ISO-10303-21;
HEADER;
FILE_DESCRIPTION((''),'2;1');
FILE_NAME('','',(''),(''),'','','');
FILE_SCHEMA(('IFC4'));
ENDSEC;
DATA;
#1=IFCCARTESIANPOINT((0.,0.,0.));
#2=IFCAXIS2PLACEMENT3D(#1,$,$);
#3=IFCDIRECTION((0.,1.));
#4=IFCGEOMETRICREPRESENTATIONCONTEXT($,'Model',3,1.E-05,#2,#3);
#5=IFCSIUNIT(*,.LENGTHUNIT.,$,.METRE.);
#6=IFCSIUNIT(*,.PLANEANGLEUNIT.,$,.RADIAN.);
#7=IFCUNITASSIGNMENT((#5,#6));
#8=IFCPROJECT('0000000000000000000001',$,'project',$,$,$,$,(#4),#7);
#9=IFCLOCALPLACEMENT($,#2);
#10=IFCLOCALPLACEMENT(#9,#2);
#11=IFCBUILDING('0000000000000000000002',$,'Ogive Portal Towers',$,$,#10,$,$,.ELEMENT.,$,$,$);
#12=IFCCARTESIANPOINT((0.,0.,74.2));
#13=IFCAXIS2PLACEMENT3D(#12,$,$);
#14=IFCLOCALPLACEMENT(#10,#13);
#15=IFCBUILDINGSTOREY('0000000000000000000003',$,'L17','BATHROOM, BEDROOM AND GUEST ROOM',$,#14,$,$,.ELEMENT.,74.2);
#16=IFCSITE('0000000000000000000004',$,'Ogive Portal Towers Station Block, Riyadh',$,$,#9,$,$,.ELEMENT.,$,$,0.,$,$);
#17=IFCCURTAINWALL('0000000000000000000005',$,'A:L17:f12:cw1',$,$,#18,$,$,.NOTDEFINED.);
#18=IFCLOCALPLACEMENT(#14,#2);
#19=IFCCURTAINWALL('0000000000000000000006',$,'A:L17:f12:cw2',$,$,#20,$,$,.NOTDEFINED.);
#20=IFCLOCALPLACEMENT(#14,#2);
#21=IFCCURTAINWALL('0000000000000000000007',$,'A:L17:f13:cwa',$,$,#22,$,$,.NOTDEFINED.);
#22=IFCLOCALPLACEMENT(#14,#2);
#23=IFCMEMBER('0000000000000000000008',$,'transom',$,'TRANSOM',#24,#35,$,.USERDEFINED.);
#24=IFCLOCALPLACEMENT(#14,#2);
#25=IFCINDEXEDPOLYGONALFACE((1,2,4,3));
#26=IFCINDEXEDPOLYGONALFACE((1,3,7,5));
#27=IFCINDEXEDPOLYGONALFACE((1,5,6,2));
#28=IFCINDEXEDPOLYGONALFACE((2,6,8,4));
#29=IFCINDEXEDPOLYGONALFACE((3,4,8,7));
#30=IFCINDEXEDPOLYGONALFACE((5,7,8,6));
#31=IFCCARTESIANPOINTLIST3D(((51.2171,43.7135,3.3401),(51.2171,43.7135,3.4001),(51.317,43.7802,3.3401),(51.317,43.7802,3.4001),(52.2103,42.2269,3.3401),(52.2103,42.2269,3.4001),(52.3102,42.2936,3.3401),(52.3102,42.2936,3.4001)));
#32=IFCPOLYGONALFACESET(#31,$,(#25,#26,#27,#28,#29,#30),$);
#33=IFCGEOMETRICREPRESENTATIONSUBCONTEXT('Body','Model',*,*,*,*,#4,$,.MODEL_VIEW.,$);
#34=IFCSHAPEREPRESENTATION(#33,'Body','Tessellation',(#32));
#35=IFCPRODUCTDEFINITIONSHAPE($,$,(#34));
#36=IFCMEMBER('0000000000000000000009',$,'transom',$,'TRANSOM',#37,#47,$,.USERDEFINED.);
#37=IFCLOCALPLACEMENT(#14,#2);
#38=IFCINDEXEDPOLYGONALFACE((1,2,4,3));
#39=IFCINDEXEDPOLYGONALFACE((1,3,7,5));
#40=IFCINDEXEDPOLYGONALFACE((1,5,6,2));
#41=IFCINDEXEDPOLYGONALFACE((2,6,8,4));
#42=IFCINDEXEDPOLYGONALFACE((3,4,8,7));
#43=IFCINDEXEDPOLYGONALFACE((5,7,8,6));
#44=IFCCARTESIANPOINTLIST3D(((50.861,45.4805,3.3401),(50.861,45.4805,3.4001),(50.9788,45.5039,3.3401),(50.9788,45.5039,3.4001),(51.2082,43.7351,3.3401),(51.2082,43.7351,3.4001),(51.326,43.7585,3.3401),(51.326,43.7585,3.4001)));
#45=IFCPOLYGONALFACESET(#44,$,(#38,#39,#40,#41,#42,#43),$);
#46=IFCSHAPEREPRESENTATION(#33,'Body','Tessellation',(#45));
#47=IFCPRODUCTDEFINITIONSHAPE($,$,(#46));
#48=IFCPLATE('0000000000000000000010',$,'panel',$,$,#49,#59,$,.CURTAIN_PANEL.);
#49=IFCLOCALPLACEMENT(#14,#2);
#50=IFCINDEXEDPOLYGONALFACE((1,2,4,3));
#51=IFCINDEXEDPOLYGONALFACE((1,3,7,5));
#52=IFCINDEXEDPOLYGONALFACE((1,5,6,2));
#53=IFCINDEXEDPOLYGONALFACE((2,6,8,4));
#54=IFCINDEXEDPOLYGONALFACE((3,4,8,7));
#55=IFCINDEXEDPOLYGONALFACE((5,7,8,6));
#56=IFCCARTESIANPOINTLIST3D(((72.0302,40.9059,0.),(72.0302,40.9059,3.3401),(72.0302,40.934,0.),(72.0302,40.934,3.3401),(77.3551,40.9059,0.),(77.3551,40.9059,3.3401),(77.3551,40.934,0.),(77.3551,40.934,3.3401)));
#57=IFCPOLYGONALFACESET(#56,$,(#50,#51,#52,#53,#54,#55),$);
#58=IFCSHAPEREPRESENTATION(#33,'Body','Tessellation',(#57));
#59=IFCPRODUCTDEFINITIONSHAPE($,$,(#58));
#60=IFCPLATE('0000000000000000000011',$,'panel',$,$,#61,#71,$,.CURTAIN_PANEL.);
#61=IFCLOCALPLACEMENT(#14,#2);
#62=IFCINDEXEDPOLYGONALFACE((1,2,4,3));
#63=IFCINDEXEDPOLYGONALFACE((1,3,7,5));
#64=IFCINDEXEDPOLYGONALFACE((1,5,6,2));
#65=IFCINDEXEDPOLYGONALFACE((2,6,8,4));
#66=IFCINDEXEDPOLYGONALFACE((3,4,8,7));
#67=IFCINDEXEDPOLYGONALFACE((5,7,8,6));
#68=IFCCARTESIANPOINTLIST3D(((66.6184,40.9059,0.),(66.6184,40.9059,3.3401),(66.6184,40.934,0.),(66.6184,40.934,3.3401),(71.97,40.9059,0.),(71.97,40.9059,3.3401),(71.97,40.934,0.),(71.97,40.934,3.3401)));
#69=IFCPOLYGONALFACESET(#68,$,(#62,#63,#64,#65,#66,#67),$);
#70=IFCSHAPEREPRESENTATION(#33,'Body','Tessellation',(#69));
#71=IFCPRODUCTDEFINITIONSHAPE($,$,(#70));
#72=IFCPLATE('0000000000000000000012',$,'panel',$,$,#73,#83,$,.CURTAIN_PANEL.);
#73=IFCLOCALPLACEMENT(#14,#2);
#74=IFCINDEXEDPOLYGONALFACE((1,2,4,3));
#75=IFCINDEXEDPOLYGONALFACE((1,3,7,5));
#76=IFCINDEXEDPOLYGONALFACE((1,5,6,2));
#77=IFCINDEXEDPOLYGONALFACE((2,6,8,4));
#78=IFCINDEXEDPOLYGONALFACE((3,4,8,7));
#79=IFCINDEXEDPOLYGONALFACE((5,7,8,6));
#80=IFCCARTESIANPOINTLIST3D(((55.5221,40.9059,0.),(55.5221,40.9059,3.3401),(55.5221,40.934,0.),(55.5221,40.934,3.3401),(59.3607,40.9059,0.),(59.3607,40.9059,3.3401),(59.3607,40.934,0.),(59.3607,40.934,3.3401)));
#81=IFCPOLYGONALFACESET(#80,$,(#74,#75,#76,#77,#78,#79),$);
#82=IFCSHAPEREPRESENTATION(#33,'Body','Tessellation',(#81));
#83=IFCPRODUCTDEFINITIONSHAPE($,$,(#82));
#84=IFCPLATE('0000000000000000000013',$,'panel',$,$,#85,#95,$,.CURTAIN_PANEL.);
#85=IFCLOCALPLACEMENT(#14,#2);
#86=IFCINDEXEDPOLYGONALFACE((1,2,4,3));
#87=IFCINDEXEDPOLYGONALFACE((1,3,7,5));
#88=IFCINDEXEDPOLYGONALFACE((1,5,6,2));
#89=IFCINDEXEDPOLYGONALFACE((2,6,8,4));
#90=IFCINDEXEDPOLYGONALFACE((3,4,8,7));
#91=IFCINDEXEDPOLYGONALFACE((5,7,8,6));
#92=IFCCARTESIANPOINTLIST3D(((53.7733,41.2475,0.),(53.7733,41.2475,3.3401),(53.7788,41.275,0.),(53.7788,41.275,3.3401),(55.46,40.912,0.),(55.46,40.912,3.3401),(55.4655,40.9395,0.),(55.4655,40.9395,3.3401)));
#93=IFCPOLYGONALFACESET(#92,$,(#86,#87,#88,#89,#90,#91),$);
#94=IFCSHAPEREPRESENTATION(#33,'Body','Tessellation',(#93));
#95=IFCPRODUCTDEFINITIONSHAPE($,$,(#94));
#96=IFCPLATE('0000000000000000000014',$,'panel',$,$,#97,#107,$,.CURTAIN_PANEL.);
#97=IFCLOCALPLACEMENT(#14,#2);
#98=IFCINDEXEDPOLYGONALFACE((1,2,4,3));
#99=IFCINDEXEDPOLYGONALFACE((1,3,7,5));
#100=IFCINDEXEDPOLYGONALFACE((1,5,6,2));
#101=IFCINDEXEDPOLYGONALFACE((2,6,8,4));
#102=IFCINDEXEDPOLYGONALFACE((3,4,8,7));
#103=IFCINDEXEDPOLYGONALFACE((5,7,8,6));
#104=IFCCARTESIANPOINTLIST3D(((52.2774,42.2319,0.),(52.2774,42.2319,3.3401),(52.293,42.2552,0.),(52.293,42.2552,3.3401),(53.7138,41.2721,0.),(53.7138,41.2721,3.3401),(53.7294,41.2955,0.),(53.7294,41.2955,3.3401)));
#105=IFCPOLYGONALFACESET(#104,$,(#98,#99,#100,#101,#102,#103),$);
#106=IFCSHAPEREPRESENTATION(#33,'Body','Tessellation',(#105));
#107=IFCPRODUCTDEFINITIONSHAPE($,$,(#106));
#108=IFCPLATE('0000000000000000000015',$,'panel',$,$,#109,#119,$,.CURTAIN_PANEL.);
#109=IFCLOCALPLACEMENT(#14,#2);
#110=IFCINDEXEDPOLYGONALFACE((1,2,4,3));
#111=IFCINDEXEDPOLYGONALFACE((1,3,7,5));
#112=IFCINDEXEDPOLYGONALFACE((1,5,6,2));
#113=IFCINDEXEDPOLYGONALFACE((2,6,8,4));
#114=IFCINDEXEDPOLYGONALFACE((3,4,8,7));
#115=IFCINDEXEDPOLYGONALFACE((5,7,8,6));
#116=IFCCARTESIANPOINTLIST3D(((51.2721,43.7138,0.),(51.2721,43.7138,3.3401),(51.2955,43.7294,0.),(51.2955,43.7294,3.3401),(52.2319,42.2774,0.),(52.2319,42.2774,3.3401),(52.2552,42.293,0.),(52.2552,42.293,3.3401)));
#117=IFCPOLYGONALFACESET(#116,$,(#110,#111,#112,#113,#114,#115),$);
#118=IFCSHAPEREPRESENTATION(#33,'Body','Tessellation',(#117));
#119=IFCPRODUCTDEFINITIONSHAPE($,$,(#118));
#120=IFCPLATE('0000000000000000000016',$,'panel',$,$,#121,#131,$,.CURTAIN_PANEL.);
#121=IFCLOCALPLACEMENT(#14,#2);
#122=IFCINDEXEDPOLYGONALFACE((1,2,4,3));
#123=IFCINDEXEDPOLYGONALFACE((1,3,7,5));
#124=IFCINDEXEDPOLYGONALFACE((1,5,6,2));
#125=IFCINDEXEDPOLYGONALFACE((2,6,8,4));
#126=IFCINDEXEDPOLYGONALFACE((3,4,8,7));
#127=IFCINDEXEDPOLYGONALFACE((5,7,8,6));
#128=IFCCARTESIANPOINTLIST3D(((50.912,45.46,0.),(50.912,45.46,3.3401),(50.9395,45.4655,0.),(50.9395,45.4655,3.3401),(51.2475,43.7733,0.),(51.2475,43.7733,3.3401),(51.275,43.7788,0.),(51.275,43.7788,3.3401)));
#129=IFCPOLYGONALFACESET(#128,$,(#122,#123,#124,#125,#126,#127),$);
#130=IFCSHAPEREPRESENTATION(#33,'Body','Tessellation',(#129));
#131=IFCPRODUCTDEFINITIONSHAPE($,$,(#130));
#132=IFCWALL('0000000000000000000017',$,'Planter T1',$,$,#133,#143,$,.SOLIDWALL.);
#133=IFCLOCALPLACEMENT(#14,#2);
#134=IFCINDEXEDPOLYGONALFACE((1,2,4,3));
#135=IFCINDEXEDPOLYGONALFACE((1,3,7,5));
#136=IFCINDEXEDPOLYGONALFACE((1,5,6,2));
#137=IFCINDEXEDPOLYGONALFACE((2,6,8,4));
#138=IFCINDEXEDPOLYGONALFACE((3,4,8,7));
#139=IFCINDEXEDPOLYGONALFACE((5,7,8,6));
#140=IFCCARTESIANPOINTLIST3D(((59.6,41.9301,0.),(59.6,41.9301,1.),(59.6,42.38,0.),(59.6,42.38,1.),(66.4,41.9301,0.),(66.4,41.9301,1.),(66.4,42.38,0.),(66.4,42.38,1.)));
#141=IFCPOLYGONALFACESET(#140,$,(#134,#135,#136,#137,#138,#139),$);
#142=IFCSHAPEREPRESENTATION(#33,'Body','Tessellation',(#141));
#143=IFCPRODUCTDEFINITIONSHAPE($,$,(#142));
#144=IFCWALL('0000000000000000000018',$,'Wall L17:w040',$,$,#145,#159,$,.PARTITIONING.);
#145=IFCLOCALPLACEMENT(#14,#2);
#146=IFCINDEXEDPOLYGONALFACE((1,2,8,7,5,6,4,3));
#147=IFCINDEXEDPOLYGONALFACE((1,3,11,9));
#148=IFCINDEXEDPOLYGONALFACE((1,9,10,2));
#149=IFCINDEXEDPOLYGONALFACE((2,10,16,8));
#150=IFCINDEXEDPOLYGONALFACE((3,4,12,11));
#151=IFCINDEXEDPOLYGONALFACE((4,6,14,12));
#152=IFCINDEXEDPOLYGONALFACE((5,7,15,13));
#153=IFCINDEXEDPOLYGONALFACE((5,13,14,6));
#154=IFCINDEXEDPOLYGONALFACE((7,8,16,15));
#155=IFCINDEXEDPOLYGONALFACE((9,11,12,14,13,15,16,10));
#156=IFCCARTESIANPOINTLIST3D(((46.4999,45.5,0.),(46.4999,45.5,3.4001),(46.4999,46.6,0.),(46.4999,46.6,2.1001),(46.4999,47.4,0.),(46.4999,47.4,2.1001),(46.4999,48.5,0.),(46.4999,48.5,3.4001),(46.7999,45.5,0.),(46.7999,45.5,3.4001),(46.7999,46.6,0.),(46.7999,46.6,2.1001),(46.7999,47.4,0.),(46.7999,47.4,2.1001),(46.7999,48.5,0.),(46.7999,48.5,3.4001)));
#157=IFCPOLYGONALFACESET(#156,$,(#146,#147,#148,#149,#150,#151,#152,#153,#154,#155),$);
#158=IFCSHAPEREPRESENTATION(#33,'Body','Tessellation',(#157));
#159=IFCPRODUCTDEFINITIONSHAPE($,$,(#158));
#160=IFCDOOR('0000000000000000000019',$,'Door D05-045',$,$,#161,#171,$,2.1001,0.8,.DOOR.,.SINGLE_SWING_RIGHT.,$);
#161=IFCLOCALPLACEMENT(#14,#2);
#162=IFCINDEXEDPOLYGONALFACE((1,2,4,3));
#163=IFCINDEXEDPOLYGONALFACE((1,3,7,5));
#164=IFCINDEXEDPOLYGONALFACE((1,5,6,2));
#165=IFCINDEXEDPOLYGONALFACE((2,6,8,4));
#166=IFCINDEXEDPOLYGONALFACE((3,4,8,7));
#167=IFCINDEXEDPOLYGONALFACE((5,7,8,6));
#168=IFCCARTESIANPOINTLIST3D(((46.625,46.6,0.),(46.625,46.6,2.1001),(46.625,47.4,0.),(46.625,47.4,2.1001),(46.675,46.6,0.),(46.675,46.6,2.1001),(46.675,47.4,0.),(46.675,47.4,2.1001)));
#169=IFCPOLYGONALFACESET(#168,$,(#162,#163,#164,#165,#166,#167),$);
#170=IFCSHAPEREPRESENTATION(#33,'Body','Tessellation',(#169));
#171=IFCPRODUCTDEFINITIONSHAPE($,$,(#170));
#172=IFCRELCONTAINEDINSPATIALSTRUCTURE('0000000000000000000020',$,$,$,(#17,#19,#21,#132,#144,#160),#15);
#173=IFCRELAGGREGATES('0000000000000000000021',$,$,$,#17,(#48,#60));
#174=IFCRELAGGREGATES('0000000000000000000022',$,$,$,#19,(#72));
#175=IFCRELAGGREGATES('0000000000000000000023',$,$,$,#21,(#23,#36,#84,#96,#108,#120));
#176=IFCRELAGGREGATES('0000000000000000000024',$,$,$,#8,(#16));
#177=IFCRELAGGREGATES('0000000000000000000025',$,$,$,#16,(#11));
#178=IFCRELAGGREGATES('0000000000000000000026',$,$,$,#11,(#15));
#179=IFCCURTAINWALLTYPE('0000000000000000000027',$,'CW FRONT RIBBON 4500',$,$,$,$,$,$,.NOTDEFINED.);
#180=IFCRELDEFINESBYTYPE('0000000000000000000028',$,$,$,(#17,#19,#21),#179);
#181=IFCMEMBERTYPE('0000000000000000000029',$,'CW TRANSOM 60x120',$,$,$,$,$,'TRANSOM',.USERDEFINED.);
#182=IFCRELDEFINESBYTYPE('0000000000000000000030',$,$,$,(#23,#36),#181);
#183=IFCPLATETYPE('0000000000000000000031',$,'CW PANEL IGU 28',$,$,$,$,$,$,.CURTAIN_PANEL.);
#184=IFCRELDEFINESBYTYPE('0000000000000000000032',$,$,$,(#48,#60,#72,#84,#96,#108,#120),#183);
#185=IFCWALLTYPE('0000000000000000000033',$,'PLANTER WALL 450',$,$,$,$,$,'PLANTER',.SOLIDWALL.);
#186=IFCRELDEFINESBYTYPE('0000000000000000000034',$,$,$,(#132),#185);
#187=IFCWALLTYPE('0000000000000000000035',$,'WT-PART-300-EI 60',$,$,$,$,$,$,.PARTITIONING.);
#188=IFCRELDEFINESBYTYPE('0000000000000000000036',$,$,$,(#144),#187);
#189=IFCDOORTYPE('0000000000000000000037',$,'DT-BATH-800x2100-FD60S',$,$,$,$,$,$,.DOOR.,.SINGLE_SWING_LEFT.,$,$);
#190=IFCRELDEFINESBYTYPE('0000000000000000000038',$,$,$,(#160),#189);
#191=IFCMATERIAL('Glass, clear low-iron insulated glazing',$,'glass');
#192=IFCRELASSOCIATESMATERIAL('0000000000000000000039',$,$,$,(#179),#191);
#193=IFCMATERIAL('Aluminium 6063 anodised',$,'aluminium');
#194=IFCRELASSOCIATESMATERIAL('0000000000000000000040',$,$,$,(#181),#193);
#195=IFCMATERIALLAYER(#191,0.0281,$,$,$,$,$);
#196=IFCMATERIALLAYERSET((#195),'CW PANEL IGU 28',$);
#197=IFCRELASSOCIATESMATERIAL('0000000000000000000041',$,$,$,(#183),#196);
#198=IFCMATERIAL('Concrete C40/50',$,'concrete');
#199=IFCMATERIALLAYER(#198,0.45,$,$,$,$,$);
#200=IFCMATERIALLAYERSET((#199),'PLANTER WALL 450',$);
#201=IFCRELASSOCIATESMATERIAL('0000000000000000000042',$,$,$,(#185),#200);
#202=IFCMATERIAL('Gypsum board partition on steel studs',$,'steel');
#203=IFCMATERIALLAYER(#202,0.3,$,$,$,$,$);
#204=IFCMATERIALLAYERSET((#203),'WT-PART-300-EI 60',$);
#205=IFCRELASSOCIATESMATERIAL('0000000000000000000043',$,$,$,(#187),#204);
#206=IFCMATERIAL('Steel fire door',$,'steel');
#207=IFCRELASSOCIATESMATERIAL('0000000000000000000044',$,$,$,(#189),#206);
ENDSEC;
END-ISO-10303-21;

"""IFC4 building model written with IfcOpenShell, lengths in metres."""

from ifc_helpers import new_model, si_unit, direction, frame, frame_2d, origin, origin_2d, place, context, subcontext, project, spatial, rectangle, extrude, material, layer, layer_set, material_profile, profile_set, type_object, element, fill, aggregate, save


model = new_model("IFC4")

# Units and contexts
model_context = context("Model", 3, precision=1e-05, world=origin(), true_north=direction((0.0, 1.0)))
body_context = subcontext(model_context, "Body", "Model", "MODEL_VIEW")
ifc_project = project(units=[si_unit("LENGTHUNIT", "METRE"), si_unit("PLANEANGLEUNIT", "RADIAN")], contexts=[model_context])

# Site, building, storey
site_placement = place(None, origin())
site = spatial("IfcSite", under=ifc_project, at=site_placement, Name="Ogive Portal Towers Station Block, Riyadh", CompositionType="ELEMENT", RefElevation=0.0)
building_placement = place(site_placement, origin())
building = spatial("IfcBuilding", under=site, at=building_placement, Name="Ogive Portal Towers", CompositionType="ELEMENT")
storey_placement = place(building_placement, frame((0.0, 0.0, 74.2)))
storey = spatial("IfcBuildingStorey", under=building, at=storey_placement, Name="L17", Description="BATHROOM, BEDROOM AND GUEST ROOM", CompositionType="ELEMENT", Elevation=74.2)

# Curtain wall
ifc_material_1 = material(Name="Glass, clear low-iron insulated glazing", Category="glass")
curtain_wall_type = type_object("IfcCurtainWallType", Name="CW FRONT RIBBON 4500", PredefinedType="NOTDEFINED", material=ifc_material_1)
curtain_wall_1_placement = place(storey_placement, origin())
curtain_wall_1 = element("IfcCurtainWall", 1, at=curtain_wall_1_placement, inside=storey, type_object=curtain_wall_type, Name="A:L17:f12:cw1", PredefinedType="NOTDEFINED")
ifc_material_2 = material(Name="Aluminium 6063 anodised", Category="aluminium")

# Curtain wall
curtain_wall_2_placement = place(storey_placement, origin())
curtain_wall_2 = element("IfcCurtainWall", 2, at=curtain_wall_2_placement, inside=storey, type_object=curtain_wall_type, Name="A:L17:f12:cw2", PredefinedType="NOTDEFINED")

# Curtain wall
curtain_wall_3_placement = place(storey_placement, origin())
curtain_wall_3 = element("IfcCurtainWall", 3, at=curtain_wall_3_placement, inside=storey, type_object=curtain_wall_type, Name="A:L17:f13:cwa", PredefinedType="NOTDEFINED")

# Members
ifc_material_profile_1 = material_profile(ifc_material_2, rectangle(XDim=0.1201, YDim=0.0601, at=origin_2d()), Name="AL 120x60")
ifc_profile_set_1 = profile_set([ifc_material_profile_1], Name="Aluminium 6063 anodised")
member_type_1 = type_object("IfcMemberType", Name="CW TRANSOM 60x120", ElementType="TRANSOM", PredefinedType="USERDEFINED", material=ifc_profile_set_1)
member_1_placement = place(storey_placement, frame((52.2603, 42.2603, 3.3701), z_axis=(-0.555519, 0.831504, 0.0), x_axis=(-0.831504, -0.555519, 0.0)))
member_1 = element("IfcMember", 4, at=member_1_placement, type_object=member_type_1, Name="transom", ObjectType="TRANSOM", PredefinedType="USERDEFINED", context=body_context, shape_type="SweptSolid", body=[
    extrude(rectangle(XDim=0.1201, YDim=0.0601, at=origin_2d()), origin(), (0.0, 0.0, 1.0), 1.7878),
])
member_2_placement = place(storey_placement, frame((51.2671, 43.7468, 3.3701), z_axis=(-0.195087, 0.980786, 0.0), x_axis=(-0.980786, -0.195087, 0.0)))
member_2 = element("IfcMember", 5, at=member_2_placement, type_object=member_type_1, Name="transom", ObjectType="TRANSOM", PredefinedType="USERDEFINED", context=body_context, shape_type="SweptSolid", body=[
    extrude(rectangle(XDim=0.1201, YDim=0.0601, at=origin_2d()), origin(), (0.0, 0.0, 1.0), 1.7795),
])

# Plates
ifc_layer_1 = layer(ifc_material_1, 0.0281)
ifc_layer_set_1 = layer_set([ifc_layer_1], Name="CW PANEL IGU 28")
plate_type = type_object("IfcPlateType", Name="CW PANEL IGU 28", PredefinedType="CURTAIN_PANEL", material=ifc_layer_set_1)
plate_1_placement = place(storey_placement, frame((74.6926, 40.9199, 0.0), z_axis=(0.0, 0.0, 1.0), x_axis=(-1.0, 0.0, 0.0)))
plate_1 = element("IfcPlate", 6, at=plate_1_placement, type_object=plate_type, Name="panel", PredefinedType="CURTAIN_PANEL", context=body_context, shape_type="SweptSolid", body=[
    extrude(rectangle(XDim=5.325, YDim=0.0281, at=origin_2d()), origin(), (0.0, 0.0, 1.0), 3.3401),
])
plate_2_placement = place(storey_placement, frame((69.2942, 40.9199, 0.0), z_axis=(0.0, 0.0, 1.0), x_axis=(-1.0, 0.0, 0.0)))
plate_2 = element("IfcPlate", 7, at=plate_2_placement, type_object=plate_type, Name="panel", PredefinedType="CURTAIN_PANEL", context=body_context, shape_type="SweptSolid", body=[
    extrude(rectangle(XDim=5.3516, YDim=0.0281, at=origin_2d()), origin(), (0.0, 0.0, 1.0), 3.3401),
])
aggregate(curtain_wall_1, [plate_1, plate_2])
plate_3_placement = place(storey_placement, frame((57.4414, 40.9199, 0.0), z_axis=(0.0, 0.0, 1.0), x_axis=(-1.0, 0.0, 0.0)))
plate_3 = element("IfcPlate", 8, at=plate_3_placement, type_object=plate_type, Name="panel", PredefinedType="CURTAIN_PANEL", context=body_context, shape_type="SweptSolid", body=[
    extrude(rectangle(XDim=3.8386, YDim=0.0281, at=origin_2d()), origin(), (0.0, 0.0, 1.0), 3.3401),
])
aggregate(curtain_wall_2, [plate_3])
plate_4_placement = place(storey_placement, frame((54.6194, 41.0935, 0.0), z_axis=(0.0, 0.0, 1.0), x_axis=(-0.980785, 0.19509, 0.0)))
plate_4 = element("IfcPlate", 9, at=plate_4_placement, type_object=plate_type, Name="panel", PredefinedType="CURTAIN_PANEL", context=body_context, shape_type="SweptSolid", body=[
    extrude(rectangle(XDim=1.7197, YDim=0.0281, at=origin_2d()), origin(), (0.0, 0.0, 1.0), 3.3401),
])
plate_5_placement = place(storey_placement, frame((53.0034, 41.7637, 0.0), z_axis=(0.0, 0.0, 1.0), x_axis=(-0.83147, 0.55557, 0.0)))
plate_5 = element("IfcPlate", 10, at=plate_5_placement, type_object=plate_type, Name="panel", PredefinedType="CURTAIN_PANEL", context=body_context, shape_type="SweptSolid", body=[
    extrude(rectangle(XDim=1.7275, YDim=0.0281, at=origin_2d()), origin(), (0.0, 0.0, 1.0), 3.3401),
])
plate_6_placement = place(storey_placement, frame((51.7637, 43.0034, 0.0), z_axis=(0.0, 0.0, 1.0), x_axis=(-0.55557, 0.83147, 0.0)))
plate_6 = element("IfcPlate", 11, at=plate_6_placement, type_object=plate_type, Name="panel", PredefinedType="CURTAIN_PANEL", context=body_context, shape_type="SweptSolid", body=[
    extrude(rectangle(XDim=1.7275, YDim=0.0281, at=origin_2d()), origin(), (0.0, 0.0, 1.0), 3.3401),
])
plate_7_placement = place(storey_placement, frame((51.0935, 44.6194, 0.0), z_axis=(0.0, 0.0, 1.0), x_axis=(-0.19509, 0.980785, 0.0)))
plate_7 = element("IfcPlate", 12, at=plate_7_placement, type_object=plate_type, Name="panel", PredefinedType="CURTAIN_PANEL", context=body_context, shape_type="SweptSolid", body=[
    extrude(rectangle(XDim=1.7197, YDim=0.0281, at=origin_2d()), origin(), (0.0, 0.0, 1.0), 3.3401),
])
aggregate(curtain_wall_3, [member_1, member_2, plate_4, plate_5, plate_6, plate_7])

# Wall
ifc_material_3 = material(Name="Concrete C40/50", Category="concrete")
ifc_layer_2 = layer(ifc_material_3, 0.45)
ifc_layer_set_2 = layer_set([ifc_layer_2], Name="PLANTER WALL 450")
wall_type_1 = type_object("IfcWallType", Name="PLANTER WALL 450", ElementType="PLANTER", PredefinedType="SOLIDWALL", material=ifc_layer_set_2)
wall_1_placement = place(storey_placement, frame((63.0, 42.155, 0.0), z_axis=(0.0, 0.0, 1.0), x_axis=(1.0, 0.0, 0.0)))
element("IfcWall", 13, at=wall_1_placement, inside=storey, type_object=wall_type_1, Name="Planter T1", PredefinedType="SOLIDWALL", context=body_context, shape_type="SweptSolid", body=[
    extrude(rectangle(XDim=6.8, YDim=0.45, at=origin_2d()), origin(), (0.0, 0.0, 1.0), 1.0),
])

# Wall, opening, door
ifc_material_4 = material(Name="Gypsum board partition on steel studs", Category="steel")
ifc_layer_3 = layer(ifc_material_4, 0.3)
ifc_layer_set_3 = layer_set([ifc_layer_3], Name="WT-PART-300-EI 60")
wall_type_2 = type_object("IfcWallType", Name="WT-PART-300-EI 60", PredefinedType="PARTITIONING", material=ifc_layer_set_3)
wall_2_placement = place(storey_placement, frame((46.6499, 45.5, 0.0), z_axis=(0.0, 0.0, 1.0), x_axis=(0.0, 1.0, 0.0)))
wall_2 = element("IfcWall", 14, at=wall_2_placement, inside=storey, type_object=wall_type_2, Name="Wall L17:w040", PredefinedType="PARTITIONING", context=body_context, shape_type="SweptSolid", body=[
    extrude(rectangle(XDim=3.0, YDim=0.3, at=frame_2d((1.5, 0.0))), origin(), (0.0, 0.0, 1.0), 3.4001),
])
opening_placement = place(wall_2_placement, frame((1.1001, 0.0, 0.0)))
opening = element("IfcOpeningElement", 15, at=opening_placement, cuts=wall_2, PredefinedType="OPENING", context=body_context, shape_type="SweptSolid", body=[
    extrude(rectangle(XDim=0.8, YDim=2.1001, at=frame_2d((0.3999, 1.05))), frame((0.0, 0.1602, 0.0), z_axis=(0.0, -1.0, 0.0), x_axis=(1.0, 0.0, 0.0)), (0.0, 0.0, 1.0), 0.3201),
])
ifc_material_5 = material(Name="Steel fire door", Category="steel")
door_type = type_object("IfcDoorType", Name="DT-BATH-800x2100-FD60S", OperationType="SINGLE_SWING_LEFT", PredefinedType="DOOR", material=ifc_material_5)
door_placement = place(opening_placement, origin())
door = element("IfcDoor", 16, at=door_placement, inside=storey, type_object=door_type, Name="Door D05-045", OperationType="SINGLE_SWING_RIGHT", OverallHeight=2.1001, OverallWidth=0.8, PredefinedType="DOOR", context=body_context, shape_type="SweptSolid", body=[
    extrude(rectangle(XDim=0.8, YDim=2.1001, at=frame_2d((0.3999, 1.05))), frame((0.0, 0.0249, 0.0), z_axis=(0.0, -1.0, 0.0), x_axis=(1.0, 0.0, 0.0)), (0.0, 0.0, 1.0), 0.05),
])
fill(opening, door)

save(model, "model.ifc")
